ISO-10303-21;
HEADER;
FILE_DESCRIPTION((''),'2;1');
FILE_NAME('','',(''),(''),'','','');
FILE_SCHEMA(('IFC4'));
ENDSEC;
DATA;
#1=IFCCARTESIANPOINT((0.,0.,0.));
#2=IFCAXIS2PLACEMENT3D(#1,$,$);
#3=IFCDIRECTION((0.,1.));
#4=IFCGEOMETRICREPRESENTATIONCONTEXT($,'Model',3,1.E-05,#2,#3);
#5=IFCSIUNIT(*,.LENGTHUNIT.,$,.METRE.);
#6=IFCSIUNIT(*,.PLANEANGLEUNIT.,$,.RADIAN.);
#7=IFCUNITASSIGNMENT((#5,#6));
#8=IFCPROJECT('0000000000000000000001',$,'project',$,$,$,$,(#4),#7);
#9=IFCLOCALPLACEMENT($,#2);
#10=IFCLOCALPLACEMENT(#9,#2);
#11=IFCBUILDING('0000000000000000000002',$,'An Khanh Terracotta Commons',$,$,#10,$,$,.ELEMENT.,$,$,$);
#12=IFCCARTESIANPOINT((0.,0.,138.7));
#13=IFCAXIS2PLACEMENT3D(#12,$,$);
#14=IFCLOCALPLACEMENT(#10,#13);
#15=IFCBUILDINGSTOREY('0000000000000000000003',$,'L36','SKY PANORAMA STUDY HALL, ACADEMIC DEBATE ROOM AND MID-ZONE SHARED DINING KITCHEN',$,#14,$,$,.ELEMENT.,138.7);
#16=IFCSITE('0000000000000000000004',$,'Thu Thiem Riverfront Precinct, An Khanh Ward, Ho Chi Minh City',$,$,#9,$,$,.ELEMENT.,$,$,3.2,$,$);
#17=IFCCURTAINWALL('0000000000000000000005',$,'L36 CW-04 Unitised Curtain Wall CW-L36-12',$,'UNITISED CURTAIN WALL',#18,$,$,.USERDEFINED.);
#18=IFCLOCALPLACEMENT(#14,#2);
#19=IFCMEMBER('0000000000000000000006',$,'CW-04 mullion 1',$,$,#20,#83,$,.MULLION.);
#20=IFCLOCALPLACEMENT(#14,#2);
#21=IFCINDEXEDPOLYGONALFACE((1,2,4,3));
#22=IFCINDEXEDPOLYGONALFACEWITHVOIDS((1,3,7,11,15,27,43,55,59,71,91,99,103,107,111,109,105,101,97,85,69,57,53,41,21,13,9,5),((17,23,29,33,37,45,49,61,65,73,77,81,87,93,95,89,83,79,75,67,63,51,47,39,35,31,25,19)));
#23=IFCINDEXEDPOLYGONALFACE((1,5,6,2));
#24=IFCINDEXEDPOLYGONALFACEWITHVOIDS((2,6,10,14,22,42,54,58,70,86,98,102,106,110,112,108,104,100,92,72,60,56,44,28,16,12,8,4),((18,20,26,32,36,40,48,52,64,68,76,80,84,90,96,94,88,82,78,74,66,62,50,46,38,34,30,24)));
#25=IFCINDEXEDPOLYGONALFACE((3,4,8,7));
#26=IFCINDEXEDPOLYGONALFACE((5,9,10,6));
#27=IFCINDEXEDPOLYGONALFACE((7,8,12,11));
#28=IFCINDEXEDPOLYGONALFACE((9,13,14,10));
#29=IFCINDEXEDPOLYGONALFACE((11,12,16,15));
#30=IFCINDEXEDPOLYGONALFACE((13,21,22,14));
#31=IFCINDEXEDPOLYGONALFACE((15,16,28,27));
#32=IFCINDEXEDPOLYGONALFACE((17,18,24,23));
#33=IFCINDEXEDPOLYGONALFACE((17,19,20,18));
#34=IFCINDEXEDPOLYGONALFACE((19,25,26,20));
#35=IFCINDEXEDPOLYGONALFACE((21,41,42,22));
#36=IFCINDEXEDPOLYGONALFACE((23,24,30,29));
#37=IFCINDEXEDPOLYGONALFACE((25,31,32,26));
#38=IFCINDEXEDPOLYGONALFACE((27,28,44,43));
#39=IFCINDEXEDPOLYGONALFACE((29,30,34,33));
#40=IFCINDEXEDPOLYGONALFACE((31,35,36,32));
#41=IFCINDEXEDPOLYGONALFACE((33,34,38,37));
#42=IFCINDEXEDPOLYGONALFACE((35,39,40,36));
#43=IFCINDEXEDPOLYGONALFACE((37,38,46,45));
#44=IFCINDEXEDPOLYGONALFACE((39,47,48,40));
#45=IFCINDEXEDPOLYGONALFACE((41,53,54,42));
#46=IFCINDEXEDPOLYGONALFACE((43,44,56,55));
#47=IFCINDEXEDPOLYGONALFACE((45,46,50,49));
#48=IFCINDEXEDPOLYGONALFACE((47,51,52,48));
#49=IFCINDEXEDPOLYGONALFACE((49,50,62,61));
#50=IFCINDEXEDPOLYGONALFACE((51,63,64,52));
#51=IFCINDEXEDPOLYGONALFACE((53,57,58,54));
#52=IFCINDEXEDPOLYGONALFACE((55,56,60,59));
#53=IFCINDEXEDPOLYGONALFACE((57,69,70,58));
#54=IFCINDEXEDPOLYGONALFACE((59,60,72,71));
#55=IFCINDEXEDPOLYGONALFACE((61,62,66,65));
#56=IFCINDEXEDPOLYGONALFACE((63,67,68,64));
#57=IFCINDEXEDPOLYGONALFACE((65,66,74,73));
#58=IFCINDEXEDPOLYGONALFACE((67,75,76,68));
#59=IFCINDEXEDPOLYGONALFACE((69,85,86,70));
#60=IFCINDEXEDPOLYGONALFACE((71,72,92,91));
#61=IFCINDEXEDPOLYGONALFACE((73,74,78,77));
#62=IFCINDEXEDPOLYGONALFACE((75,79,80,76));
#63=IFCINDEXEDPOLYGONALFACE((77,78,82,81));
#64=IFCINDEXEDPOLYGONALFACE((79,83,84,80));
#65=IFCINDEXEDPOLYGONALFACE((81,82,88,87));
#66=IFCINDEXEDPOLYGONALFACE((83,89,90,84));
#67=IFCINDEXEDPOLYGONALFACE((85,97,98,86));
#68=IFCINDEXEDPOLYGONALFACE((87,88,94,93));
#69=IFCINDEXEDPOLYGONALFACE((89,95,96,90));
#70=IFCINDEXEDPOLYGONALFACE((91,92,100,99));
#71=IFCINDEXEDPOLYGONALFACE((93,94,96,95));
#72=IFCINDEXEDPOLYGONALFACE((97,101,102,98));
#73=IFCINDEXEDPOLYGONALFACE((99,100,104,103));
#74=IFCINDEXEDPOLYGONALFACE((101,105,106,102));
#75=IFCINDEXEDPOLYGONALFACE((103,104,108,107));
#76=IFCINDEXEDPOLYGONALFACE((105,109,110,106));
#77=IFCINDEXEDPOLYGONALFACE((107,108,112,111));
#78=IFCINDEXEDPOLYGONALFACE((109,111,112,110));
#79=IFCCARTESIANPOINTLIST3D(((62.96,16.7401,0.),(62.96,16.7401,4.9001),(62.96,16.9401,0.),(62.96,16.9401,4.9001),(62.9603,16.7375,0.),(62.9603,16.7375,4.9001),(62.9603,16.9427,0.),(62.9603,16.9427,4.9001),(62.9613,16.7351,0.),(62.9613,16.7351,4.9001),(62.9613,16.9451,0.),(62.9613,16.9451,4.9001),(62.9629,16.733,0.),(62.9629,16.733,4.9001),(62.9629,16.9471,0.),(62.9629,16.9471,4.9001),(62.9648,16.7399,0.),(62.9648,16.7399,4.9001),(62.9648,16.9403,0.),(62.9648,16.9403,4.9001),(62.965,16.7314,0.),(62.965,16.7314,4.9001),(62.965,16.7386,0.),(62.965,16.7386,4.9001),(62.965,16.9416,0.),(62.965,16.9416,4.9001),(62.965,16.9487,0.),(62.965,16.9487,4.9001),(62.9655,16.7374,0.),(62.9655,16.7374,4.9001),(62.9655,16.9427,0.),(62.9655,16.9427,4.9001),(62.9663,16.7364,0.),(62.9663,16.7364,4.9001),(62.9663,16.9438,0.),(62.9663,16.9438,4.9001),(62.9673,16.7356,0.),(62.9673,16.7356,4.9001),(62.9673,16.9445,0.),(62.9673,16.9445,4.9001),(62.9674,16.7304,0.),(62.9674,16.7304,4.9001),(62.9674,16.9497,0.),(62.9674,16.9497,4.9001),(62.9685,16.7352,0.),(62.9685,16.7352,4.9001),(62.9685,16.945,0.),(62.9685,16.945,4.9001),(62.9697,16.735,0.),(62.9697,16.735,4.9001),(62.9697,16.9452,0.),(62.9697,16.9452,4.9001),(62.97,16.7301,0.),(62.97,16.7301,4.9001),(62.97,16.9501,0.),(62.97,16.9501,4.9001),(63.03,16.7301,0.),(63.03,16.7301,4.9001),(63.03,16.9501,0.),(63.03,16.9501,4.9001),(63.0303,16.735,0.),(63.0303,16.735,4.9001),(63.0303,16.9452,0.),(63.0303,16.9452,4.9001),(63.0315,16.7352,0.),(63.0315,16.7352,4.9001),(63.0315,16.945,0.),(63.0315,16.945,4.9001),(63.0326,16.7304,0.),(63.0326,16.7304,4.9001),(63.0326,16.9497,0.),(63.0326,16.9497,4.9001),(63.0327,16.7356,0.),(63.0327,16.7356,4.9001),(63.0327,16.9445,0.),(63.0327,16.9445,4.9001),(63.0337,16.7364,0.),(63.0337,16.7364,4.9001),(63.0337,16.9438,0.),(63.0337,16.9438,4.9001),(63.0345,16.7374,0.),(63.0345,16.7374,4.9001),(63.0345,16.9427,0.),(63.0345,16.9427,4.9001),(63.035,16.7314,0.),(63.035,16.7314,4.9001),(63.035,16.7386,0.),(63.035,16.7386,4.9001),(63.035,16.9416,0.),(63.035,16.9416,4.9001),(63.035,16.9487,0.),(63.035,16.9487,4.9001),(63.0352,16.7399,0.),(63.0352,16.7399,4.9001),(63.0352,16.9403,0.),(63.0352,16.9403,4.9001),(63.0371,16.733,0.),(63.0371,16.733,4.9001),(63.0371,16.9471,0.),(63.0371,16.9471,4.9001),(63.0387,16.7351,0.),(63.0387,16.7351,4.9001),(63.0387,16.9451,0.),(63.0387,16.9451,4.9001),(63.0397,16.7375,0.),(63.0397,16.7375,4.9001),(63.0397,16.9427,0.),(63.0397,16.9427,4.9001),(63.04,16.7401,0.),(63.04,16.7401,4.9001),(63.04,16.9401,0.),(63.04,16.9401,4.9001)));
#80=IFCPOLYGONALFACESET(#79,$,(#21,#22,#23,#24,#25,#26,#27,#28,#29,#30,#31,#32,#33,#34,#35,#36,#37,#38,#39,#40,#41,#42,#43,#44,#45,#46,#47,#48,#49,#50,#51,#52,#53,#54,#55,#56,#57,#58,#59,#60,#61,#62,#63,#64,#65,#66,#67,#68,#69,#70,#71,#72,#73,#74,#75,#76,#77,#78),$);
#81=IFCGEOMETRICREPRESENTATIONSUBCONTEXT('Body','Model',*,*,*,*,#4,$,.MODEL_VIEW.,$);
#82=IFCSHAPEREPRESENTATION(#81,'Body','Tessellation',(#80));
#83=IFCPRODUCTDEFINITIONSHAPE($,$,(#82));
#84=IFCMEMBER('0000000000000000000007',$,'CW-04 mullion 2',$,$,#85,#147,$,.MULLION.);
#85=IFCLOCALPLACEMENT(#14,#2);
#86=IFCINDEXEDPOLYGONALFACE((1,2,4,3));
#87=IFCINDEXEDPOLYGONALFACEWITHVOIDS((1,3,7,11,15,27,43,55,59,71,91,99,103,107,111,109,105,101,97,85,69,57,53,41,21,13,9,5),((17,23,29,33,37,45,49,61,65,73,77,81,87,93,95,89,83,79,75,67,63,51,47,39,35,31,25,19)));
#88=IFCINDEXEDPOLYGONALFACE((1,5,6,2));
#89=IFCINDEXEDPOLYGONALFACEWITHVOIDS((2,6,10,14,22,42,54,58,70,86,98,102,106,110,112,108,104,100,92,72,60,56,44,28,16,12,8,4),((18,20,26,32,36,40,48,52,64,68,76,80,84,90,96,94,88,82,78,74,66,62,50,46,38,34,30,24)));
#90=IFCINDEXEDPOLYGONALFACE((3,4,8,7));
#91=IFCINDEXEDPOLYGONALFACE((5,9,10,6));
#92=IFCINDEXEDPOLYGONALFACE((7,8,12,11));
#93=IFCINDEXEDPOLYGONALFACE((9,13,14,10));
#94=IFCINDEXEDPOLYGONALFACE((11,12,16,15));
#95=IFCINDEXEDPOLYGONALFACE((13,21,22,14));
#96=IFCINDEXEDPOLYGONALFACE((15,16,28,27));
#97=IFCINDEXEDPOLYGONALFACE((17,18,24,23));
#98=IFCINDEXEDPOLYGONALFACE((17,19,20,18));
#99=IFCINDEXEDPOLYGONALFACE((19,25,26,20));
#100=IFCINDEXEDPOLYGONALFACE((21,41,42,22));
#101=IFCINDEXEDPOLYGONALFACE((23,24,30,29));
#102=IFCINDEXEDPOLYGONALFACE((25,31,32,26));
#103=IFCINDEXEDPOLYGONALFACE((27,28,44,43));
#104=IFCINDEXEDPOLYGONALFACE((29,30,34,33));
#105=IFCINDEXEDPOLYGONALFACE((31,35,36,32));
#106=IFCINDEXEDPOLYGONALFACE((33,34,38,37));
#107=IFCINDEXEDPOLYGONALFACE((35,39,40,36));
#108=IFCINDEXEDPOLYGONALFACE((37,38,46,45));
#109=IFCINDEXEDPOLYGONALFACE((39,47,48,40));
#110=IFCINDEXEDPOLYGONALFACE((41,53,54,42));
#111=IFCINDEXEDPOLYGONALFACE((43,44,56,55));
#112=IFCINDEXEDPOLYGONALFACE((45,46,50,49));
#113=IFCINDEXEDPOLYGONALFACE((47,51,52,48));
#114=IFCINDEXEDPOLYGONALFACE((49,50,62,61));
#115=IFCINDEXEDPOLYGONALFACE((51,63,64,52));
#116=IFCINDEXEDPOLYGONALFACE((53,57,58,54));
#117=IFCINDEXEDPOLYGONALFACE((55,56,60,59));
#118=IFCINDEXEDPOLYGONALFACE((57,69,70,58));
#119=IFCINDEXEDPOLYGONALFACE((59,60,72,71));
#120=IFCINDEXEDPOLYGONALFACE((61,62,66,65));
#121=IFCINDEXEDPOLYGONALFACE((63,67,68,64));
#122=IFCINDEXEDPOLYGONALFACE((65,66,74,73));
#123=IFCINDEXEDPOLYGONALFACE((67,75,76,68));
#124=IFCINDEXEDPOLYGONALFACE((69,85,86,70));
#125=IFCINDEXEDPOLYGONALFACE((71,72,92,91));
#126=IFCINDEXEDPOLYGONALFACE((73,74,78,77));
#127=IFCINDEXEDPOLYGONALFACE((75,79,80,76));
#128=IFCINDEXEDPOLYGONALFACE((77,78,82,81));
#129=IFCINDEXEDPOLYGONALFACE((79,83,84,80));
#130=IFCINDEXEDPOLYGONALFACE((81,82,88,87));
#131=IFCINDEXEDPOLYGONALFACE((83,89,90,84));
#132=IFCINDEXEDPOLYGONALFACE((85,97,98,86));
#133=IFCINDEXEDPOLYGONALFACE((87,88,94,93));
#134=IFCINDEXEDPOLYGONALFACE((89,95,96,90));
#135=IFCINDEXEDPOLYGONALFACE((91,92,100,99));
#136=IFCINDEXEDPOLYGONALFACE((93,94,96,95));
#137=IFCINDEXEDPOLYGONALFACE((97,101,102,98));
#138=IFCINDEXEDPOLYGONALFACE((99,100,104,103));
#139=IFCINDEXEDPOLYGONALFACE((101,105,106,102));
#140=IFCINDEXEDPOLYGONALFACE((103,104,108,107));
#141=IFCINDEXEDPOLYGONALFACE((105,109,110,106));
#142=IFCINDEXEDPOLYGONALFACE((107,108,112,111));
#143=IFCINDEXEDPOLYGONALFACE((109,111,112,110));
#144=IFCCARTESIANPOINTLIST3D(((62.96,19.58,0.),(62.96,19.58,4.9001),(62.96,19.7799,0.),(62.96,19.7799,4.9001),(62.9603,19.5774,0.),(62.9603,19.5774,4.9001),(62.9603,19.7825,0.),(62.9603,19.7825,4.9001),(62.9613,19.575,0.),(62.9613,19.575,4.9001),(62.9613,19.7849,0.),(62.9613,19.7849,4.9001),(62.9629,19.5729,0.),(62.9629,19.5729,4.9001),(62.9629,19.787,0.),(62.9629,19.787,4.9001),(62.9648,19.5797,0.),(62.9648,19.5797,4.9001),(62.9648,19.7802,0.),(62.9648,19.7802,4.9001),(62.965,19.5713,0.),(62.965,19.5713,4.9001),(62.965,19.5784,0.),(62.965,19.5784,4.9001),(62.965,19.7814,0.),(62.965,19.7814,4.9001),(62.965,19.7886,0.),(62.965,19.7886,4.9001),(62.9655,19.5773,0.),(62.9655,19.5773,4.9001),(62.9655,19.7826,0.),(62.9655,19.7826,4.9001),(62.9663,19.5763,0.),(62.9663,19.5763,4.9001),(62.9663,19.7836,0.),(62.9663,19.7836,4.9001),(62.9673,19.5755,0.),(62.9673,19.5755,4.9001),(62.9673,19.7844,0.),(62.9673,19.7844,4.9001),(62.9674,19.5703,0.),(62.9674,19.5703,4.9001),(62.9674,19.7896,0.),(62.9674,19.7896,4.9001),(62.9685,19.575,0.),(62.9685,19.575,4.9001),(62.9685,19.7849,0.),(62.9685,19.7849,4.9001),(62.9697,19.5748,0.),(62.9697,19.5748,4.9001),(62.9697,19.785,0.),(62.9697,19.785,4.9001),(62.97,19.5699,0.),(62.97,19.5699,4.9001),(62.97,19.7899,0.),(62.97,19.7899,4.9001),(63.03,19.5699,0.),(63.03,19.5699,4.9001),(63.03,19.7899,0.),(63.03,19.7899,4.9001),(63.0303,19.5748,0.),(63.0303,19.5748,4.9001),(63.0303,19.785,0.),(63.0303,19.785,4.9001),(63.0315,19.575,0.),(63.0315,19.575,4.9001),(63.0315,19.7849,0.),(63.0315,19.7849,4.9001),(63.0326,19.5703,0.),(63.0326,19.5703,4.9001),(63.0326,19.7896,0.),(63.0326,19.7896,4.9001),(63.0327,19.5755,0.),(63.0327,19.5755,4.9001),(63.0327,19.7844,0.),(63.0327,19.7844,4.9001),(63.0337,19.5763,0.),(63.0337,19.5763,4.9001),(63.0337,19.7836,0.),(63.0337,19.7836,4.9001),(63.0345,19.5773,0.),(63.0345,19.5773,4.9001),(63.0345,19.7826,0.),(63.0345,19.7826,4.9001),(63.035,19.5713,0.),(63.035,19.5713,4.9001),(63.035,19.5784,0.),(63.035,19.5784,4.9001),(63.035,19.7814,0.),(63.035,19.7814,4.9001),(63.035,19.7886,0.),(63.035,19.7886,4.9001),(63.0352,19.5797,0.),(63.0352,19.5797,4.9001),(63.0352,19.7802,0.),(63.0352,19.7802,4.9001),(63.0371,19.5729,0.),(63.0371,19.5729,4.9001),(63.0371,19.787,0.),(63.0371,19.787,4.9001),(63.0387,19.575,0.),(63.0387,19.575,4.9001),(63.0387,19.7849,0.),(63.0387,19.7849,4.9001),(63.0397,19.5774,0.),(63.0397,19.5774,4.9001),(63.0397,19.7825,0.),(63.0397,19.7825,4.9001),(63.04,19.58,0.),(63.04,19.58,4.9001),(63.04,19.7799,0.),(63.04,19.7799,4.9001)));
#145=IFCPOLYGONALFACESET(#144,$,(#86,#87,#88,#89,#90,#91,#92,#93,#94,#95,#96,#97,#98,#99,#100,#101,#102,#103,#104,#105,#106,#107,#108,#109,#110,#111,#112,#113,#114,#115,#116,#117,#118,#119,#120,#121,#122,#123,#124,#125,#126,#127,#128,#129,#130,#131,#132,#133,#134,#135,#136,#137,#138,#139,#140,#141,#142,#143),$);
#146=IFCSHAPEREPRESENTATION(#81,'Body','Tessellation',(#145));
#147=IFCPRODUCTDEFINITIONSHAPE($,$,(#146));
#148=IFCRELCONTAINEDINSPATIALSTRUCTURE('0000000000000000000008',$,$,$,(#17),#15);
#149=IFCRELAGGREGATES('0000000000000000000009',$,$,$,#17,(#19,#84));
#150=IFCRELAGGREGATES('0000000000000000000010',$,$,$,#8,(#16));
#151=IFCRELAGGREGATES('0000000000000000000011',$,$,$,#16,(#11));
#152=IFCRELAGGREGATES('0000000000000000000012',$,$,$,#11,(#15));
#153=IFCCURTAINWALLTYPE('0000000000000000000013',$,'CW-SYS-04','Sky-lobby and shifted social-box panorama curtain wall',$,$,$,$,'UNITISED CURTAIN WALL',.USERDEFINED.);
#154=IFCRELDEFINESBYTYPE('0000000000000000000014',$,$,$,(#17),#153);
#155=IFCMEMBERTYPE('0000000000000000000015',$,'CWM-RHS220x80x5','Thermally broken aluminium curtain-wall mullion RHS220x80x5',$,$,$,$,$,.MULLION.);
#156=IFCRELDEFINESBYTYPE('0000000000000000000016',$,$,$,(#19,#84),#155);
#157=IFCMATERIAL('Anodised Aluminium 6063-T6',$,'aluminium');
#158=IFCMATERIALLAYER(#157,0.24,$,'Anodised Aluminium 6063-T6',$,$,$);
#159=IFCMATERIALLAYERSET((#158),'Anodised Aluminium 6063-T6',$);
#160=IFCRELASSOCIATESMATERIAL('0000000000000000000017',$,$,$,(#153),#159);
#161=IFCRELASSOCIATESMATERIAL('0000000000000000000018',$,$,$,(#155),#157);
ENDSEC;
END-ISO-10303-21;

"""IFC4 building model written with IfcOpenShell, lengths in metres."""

from ifc_helpers import new_model, si_unit, direction, frame, origin, origin_2d, place, context, subcontext, project, spatial, hollow_rectangle, extrude, material, layer, layer_set, material_profile, profile_set, type_object, element, aggregate, save


model = new_model("IFC4")

# Units and contexts
model_context = context("Model", 3, precision=1e-05, world=origin(), true_north=direction((0.0, 1.0)))
body_context = subcontext(model_context, "Body", "Model", "MODEL_VIEW")
ifc_project = project(units=[si_unit("LENGTHUNIT", "METRE"), si_unit("PLANEANGLEUNIT", "RADIAN")], contexts=[model_context])

# Site, building, storey
site_placement = place(None, origin())
site = spatial("IfcSite", under=ifc_project, at=site_placement, Name="Thu Thiem Riverfront Precinct, An Khanh Ward, Ho Chi Minh City", CompositionType="ELEMENT", RefElevation=3.2)
building_placement = place(site_placement, origin())
building = spatial("IfcBuilding", under=site, at=building_placement, Name="An Khanh Terracotta Commons", CompositionType="ELEMENT")
storey_placement = place(building_placement, frame((0.0, 0.0, 138.7)))
storey = spatial("IfcBuildingStorey", under=building, at=storey_placement, Name="L36", Description="SKY PANORAMA STUDY HALL, ACADEMIC DEBATE ROOM AND MID-ZONE SHARED DINING KITCHEN", CompositionType="ELEMENT", Elevation=138.7)

# Curtain wall, members
ifc_material_1 = material(Name="Anodised Aluminium 6063-T6", Category="aluminium")
ifc_layer_1 = layer(ifc_material_1, 0.24, Name="Anodised Aluminium 6063-T6")
ifc_layer_set_1 = layer_set([ifc_layer_1], Name="Anodised Aluminium 6063-T6")
curtain_wall_type = type_object("IfcCurtainWallType", Name="CW-SYS-04", Description="Sky-lobby and shifted social-box panorama curtain wall", ElementType="UNITISED CURTAIN WALL", PredefinedType="USERDEFINED", material=ifc_layer_set_1)
ifc_material_profile_1 = material_profile(ifc_material_1, hollow_rectangle(XDim=0.0801, YDim=0.22, WallThickness=0.0049, InnerFilletRadius=0.0049, OuterFilletRadius=0.01, at=origin_2d()), Name="RHS220x80x5")
ifc_profile_set_1 = profile_set([ifc_material_profile_1], Name="Anodised Aluminium 6063-T6")
member_type_1 = type_object("IfcMemberType", Name="CWM-RHS220x80x5", Description="Thermally broken aluminium curtain-wall mullion RHS220x80x5", PredefinedType="MULLION", material=ifc_profile_set_1)
curtain_wall_1_placement = place(storey_placement, origin())
curtain_wall_1 = element("IfcCurtainWall", 1, at=curtain_wall_1_placement, inside=storey, type_object=curtain_wall_type, Name="L36 CW-04 Unitised Curtain Wall CW-L36-12", ObjectType="UNITISED CURTAIN WALL", PredefinedType="USERDEFINED")
member_1_placement = place(storey_placement, frame((63.0, 16.8401, 0.0), z_axis=(0.0, 0.0, 1.0), x_axis=(-1.0, 0.0, 0.0)))
member_1 = element("IfcMember", 2, at=member_1_placement, type_object=member_type_1, Name="CW-04 mullion 1", PredefinedType="MULLION", context=body_context, shape_type="SweptSolid", body=[
    extrude(hollow_rectangle(XDim=0.0801, YDim=0.22, WallThickness=0.0049, InnerFilletRadius=0.0049, OuterFilletRadius=0.01, at=origin_2d()), origin(), (0.0, 0.0, 1.0), 4.9001),
])
member_2_placement = place(storey_placement, frame((63.0, 19.6799, 0.0), z_axis=(0.0, 0.0, 1.0), x_axis=(-1.0, 0.0, 0.0)))
member_2 = element("IfcMember", 3, at=member_2_placement, type_object=member_type_1, Name="CW-04 mullion 2", PredefinedType="MULLION", context=body_context, shape_type="SweptSolid", body=[
    extrude(hollow_rectangle(XDim=0.0801, YDim=0.22, WallThickness=0.0049, InnerFilletRadius=0.0049, OuterFilletRadius=0.01, at=origin_2d()), origin(), (0.0, 0.0, 1.0), 4.9001),
])

aggregate(curtain_wall_1, [member_1, member_2])

save(model, "model.ifc")
